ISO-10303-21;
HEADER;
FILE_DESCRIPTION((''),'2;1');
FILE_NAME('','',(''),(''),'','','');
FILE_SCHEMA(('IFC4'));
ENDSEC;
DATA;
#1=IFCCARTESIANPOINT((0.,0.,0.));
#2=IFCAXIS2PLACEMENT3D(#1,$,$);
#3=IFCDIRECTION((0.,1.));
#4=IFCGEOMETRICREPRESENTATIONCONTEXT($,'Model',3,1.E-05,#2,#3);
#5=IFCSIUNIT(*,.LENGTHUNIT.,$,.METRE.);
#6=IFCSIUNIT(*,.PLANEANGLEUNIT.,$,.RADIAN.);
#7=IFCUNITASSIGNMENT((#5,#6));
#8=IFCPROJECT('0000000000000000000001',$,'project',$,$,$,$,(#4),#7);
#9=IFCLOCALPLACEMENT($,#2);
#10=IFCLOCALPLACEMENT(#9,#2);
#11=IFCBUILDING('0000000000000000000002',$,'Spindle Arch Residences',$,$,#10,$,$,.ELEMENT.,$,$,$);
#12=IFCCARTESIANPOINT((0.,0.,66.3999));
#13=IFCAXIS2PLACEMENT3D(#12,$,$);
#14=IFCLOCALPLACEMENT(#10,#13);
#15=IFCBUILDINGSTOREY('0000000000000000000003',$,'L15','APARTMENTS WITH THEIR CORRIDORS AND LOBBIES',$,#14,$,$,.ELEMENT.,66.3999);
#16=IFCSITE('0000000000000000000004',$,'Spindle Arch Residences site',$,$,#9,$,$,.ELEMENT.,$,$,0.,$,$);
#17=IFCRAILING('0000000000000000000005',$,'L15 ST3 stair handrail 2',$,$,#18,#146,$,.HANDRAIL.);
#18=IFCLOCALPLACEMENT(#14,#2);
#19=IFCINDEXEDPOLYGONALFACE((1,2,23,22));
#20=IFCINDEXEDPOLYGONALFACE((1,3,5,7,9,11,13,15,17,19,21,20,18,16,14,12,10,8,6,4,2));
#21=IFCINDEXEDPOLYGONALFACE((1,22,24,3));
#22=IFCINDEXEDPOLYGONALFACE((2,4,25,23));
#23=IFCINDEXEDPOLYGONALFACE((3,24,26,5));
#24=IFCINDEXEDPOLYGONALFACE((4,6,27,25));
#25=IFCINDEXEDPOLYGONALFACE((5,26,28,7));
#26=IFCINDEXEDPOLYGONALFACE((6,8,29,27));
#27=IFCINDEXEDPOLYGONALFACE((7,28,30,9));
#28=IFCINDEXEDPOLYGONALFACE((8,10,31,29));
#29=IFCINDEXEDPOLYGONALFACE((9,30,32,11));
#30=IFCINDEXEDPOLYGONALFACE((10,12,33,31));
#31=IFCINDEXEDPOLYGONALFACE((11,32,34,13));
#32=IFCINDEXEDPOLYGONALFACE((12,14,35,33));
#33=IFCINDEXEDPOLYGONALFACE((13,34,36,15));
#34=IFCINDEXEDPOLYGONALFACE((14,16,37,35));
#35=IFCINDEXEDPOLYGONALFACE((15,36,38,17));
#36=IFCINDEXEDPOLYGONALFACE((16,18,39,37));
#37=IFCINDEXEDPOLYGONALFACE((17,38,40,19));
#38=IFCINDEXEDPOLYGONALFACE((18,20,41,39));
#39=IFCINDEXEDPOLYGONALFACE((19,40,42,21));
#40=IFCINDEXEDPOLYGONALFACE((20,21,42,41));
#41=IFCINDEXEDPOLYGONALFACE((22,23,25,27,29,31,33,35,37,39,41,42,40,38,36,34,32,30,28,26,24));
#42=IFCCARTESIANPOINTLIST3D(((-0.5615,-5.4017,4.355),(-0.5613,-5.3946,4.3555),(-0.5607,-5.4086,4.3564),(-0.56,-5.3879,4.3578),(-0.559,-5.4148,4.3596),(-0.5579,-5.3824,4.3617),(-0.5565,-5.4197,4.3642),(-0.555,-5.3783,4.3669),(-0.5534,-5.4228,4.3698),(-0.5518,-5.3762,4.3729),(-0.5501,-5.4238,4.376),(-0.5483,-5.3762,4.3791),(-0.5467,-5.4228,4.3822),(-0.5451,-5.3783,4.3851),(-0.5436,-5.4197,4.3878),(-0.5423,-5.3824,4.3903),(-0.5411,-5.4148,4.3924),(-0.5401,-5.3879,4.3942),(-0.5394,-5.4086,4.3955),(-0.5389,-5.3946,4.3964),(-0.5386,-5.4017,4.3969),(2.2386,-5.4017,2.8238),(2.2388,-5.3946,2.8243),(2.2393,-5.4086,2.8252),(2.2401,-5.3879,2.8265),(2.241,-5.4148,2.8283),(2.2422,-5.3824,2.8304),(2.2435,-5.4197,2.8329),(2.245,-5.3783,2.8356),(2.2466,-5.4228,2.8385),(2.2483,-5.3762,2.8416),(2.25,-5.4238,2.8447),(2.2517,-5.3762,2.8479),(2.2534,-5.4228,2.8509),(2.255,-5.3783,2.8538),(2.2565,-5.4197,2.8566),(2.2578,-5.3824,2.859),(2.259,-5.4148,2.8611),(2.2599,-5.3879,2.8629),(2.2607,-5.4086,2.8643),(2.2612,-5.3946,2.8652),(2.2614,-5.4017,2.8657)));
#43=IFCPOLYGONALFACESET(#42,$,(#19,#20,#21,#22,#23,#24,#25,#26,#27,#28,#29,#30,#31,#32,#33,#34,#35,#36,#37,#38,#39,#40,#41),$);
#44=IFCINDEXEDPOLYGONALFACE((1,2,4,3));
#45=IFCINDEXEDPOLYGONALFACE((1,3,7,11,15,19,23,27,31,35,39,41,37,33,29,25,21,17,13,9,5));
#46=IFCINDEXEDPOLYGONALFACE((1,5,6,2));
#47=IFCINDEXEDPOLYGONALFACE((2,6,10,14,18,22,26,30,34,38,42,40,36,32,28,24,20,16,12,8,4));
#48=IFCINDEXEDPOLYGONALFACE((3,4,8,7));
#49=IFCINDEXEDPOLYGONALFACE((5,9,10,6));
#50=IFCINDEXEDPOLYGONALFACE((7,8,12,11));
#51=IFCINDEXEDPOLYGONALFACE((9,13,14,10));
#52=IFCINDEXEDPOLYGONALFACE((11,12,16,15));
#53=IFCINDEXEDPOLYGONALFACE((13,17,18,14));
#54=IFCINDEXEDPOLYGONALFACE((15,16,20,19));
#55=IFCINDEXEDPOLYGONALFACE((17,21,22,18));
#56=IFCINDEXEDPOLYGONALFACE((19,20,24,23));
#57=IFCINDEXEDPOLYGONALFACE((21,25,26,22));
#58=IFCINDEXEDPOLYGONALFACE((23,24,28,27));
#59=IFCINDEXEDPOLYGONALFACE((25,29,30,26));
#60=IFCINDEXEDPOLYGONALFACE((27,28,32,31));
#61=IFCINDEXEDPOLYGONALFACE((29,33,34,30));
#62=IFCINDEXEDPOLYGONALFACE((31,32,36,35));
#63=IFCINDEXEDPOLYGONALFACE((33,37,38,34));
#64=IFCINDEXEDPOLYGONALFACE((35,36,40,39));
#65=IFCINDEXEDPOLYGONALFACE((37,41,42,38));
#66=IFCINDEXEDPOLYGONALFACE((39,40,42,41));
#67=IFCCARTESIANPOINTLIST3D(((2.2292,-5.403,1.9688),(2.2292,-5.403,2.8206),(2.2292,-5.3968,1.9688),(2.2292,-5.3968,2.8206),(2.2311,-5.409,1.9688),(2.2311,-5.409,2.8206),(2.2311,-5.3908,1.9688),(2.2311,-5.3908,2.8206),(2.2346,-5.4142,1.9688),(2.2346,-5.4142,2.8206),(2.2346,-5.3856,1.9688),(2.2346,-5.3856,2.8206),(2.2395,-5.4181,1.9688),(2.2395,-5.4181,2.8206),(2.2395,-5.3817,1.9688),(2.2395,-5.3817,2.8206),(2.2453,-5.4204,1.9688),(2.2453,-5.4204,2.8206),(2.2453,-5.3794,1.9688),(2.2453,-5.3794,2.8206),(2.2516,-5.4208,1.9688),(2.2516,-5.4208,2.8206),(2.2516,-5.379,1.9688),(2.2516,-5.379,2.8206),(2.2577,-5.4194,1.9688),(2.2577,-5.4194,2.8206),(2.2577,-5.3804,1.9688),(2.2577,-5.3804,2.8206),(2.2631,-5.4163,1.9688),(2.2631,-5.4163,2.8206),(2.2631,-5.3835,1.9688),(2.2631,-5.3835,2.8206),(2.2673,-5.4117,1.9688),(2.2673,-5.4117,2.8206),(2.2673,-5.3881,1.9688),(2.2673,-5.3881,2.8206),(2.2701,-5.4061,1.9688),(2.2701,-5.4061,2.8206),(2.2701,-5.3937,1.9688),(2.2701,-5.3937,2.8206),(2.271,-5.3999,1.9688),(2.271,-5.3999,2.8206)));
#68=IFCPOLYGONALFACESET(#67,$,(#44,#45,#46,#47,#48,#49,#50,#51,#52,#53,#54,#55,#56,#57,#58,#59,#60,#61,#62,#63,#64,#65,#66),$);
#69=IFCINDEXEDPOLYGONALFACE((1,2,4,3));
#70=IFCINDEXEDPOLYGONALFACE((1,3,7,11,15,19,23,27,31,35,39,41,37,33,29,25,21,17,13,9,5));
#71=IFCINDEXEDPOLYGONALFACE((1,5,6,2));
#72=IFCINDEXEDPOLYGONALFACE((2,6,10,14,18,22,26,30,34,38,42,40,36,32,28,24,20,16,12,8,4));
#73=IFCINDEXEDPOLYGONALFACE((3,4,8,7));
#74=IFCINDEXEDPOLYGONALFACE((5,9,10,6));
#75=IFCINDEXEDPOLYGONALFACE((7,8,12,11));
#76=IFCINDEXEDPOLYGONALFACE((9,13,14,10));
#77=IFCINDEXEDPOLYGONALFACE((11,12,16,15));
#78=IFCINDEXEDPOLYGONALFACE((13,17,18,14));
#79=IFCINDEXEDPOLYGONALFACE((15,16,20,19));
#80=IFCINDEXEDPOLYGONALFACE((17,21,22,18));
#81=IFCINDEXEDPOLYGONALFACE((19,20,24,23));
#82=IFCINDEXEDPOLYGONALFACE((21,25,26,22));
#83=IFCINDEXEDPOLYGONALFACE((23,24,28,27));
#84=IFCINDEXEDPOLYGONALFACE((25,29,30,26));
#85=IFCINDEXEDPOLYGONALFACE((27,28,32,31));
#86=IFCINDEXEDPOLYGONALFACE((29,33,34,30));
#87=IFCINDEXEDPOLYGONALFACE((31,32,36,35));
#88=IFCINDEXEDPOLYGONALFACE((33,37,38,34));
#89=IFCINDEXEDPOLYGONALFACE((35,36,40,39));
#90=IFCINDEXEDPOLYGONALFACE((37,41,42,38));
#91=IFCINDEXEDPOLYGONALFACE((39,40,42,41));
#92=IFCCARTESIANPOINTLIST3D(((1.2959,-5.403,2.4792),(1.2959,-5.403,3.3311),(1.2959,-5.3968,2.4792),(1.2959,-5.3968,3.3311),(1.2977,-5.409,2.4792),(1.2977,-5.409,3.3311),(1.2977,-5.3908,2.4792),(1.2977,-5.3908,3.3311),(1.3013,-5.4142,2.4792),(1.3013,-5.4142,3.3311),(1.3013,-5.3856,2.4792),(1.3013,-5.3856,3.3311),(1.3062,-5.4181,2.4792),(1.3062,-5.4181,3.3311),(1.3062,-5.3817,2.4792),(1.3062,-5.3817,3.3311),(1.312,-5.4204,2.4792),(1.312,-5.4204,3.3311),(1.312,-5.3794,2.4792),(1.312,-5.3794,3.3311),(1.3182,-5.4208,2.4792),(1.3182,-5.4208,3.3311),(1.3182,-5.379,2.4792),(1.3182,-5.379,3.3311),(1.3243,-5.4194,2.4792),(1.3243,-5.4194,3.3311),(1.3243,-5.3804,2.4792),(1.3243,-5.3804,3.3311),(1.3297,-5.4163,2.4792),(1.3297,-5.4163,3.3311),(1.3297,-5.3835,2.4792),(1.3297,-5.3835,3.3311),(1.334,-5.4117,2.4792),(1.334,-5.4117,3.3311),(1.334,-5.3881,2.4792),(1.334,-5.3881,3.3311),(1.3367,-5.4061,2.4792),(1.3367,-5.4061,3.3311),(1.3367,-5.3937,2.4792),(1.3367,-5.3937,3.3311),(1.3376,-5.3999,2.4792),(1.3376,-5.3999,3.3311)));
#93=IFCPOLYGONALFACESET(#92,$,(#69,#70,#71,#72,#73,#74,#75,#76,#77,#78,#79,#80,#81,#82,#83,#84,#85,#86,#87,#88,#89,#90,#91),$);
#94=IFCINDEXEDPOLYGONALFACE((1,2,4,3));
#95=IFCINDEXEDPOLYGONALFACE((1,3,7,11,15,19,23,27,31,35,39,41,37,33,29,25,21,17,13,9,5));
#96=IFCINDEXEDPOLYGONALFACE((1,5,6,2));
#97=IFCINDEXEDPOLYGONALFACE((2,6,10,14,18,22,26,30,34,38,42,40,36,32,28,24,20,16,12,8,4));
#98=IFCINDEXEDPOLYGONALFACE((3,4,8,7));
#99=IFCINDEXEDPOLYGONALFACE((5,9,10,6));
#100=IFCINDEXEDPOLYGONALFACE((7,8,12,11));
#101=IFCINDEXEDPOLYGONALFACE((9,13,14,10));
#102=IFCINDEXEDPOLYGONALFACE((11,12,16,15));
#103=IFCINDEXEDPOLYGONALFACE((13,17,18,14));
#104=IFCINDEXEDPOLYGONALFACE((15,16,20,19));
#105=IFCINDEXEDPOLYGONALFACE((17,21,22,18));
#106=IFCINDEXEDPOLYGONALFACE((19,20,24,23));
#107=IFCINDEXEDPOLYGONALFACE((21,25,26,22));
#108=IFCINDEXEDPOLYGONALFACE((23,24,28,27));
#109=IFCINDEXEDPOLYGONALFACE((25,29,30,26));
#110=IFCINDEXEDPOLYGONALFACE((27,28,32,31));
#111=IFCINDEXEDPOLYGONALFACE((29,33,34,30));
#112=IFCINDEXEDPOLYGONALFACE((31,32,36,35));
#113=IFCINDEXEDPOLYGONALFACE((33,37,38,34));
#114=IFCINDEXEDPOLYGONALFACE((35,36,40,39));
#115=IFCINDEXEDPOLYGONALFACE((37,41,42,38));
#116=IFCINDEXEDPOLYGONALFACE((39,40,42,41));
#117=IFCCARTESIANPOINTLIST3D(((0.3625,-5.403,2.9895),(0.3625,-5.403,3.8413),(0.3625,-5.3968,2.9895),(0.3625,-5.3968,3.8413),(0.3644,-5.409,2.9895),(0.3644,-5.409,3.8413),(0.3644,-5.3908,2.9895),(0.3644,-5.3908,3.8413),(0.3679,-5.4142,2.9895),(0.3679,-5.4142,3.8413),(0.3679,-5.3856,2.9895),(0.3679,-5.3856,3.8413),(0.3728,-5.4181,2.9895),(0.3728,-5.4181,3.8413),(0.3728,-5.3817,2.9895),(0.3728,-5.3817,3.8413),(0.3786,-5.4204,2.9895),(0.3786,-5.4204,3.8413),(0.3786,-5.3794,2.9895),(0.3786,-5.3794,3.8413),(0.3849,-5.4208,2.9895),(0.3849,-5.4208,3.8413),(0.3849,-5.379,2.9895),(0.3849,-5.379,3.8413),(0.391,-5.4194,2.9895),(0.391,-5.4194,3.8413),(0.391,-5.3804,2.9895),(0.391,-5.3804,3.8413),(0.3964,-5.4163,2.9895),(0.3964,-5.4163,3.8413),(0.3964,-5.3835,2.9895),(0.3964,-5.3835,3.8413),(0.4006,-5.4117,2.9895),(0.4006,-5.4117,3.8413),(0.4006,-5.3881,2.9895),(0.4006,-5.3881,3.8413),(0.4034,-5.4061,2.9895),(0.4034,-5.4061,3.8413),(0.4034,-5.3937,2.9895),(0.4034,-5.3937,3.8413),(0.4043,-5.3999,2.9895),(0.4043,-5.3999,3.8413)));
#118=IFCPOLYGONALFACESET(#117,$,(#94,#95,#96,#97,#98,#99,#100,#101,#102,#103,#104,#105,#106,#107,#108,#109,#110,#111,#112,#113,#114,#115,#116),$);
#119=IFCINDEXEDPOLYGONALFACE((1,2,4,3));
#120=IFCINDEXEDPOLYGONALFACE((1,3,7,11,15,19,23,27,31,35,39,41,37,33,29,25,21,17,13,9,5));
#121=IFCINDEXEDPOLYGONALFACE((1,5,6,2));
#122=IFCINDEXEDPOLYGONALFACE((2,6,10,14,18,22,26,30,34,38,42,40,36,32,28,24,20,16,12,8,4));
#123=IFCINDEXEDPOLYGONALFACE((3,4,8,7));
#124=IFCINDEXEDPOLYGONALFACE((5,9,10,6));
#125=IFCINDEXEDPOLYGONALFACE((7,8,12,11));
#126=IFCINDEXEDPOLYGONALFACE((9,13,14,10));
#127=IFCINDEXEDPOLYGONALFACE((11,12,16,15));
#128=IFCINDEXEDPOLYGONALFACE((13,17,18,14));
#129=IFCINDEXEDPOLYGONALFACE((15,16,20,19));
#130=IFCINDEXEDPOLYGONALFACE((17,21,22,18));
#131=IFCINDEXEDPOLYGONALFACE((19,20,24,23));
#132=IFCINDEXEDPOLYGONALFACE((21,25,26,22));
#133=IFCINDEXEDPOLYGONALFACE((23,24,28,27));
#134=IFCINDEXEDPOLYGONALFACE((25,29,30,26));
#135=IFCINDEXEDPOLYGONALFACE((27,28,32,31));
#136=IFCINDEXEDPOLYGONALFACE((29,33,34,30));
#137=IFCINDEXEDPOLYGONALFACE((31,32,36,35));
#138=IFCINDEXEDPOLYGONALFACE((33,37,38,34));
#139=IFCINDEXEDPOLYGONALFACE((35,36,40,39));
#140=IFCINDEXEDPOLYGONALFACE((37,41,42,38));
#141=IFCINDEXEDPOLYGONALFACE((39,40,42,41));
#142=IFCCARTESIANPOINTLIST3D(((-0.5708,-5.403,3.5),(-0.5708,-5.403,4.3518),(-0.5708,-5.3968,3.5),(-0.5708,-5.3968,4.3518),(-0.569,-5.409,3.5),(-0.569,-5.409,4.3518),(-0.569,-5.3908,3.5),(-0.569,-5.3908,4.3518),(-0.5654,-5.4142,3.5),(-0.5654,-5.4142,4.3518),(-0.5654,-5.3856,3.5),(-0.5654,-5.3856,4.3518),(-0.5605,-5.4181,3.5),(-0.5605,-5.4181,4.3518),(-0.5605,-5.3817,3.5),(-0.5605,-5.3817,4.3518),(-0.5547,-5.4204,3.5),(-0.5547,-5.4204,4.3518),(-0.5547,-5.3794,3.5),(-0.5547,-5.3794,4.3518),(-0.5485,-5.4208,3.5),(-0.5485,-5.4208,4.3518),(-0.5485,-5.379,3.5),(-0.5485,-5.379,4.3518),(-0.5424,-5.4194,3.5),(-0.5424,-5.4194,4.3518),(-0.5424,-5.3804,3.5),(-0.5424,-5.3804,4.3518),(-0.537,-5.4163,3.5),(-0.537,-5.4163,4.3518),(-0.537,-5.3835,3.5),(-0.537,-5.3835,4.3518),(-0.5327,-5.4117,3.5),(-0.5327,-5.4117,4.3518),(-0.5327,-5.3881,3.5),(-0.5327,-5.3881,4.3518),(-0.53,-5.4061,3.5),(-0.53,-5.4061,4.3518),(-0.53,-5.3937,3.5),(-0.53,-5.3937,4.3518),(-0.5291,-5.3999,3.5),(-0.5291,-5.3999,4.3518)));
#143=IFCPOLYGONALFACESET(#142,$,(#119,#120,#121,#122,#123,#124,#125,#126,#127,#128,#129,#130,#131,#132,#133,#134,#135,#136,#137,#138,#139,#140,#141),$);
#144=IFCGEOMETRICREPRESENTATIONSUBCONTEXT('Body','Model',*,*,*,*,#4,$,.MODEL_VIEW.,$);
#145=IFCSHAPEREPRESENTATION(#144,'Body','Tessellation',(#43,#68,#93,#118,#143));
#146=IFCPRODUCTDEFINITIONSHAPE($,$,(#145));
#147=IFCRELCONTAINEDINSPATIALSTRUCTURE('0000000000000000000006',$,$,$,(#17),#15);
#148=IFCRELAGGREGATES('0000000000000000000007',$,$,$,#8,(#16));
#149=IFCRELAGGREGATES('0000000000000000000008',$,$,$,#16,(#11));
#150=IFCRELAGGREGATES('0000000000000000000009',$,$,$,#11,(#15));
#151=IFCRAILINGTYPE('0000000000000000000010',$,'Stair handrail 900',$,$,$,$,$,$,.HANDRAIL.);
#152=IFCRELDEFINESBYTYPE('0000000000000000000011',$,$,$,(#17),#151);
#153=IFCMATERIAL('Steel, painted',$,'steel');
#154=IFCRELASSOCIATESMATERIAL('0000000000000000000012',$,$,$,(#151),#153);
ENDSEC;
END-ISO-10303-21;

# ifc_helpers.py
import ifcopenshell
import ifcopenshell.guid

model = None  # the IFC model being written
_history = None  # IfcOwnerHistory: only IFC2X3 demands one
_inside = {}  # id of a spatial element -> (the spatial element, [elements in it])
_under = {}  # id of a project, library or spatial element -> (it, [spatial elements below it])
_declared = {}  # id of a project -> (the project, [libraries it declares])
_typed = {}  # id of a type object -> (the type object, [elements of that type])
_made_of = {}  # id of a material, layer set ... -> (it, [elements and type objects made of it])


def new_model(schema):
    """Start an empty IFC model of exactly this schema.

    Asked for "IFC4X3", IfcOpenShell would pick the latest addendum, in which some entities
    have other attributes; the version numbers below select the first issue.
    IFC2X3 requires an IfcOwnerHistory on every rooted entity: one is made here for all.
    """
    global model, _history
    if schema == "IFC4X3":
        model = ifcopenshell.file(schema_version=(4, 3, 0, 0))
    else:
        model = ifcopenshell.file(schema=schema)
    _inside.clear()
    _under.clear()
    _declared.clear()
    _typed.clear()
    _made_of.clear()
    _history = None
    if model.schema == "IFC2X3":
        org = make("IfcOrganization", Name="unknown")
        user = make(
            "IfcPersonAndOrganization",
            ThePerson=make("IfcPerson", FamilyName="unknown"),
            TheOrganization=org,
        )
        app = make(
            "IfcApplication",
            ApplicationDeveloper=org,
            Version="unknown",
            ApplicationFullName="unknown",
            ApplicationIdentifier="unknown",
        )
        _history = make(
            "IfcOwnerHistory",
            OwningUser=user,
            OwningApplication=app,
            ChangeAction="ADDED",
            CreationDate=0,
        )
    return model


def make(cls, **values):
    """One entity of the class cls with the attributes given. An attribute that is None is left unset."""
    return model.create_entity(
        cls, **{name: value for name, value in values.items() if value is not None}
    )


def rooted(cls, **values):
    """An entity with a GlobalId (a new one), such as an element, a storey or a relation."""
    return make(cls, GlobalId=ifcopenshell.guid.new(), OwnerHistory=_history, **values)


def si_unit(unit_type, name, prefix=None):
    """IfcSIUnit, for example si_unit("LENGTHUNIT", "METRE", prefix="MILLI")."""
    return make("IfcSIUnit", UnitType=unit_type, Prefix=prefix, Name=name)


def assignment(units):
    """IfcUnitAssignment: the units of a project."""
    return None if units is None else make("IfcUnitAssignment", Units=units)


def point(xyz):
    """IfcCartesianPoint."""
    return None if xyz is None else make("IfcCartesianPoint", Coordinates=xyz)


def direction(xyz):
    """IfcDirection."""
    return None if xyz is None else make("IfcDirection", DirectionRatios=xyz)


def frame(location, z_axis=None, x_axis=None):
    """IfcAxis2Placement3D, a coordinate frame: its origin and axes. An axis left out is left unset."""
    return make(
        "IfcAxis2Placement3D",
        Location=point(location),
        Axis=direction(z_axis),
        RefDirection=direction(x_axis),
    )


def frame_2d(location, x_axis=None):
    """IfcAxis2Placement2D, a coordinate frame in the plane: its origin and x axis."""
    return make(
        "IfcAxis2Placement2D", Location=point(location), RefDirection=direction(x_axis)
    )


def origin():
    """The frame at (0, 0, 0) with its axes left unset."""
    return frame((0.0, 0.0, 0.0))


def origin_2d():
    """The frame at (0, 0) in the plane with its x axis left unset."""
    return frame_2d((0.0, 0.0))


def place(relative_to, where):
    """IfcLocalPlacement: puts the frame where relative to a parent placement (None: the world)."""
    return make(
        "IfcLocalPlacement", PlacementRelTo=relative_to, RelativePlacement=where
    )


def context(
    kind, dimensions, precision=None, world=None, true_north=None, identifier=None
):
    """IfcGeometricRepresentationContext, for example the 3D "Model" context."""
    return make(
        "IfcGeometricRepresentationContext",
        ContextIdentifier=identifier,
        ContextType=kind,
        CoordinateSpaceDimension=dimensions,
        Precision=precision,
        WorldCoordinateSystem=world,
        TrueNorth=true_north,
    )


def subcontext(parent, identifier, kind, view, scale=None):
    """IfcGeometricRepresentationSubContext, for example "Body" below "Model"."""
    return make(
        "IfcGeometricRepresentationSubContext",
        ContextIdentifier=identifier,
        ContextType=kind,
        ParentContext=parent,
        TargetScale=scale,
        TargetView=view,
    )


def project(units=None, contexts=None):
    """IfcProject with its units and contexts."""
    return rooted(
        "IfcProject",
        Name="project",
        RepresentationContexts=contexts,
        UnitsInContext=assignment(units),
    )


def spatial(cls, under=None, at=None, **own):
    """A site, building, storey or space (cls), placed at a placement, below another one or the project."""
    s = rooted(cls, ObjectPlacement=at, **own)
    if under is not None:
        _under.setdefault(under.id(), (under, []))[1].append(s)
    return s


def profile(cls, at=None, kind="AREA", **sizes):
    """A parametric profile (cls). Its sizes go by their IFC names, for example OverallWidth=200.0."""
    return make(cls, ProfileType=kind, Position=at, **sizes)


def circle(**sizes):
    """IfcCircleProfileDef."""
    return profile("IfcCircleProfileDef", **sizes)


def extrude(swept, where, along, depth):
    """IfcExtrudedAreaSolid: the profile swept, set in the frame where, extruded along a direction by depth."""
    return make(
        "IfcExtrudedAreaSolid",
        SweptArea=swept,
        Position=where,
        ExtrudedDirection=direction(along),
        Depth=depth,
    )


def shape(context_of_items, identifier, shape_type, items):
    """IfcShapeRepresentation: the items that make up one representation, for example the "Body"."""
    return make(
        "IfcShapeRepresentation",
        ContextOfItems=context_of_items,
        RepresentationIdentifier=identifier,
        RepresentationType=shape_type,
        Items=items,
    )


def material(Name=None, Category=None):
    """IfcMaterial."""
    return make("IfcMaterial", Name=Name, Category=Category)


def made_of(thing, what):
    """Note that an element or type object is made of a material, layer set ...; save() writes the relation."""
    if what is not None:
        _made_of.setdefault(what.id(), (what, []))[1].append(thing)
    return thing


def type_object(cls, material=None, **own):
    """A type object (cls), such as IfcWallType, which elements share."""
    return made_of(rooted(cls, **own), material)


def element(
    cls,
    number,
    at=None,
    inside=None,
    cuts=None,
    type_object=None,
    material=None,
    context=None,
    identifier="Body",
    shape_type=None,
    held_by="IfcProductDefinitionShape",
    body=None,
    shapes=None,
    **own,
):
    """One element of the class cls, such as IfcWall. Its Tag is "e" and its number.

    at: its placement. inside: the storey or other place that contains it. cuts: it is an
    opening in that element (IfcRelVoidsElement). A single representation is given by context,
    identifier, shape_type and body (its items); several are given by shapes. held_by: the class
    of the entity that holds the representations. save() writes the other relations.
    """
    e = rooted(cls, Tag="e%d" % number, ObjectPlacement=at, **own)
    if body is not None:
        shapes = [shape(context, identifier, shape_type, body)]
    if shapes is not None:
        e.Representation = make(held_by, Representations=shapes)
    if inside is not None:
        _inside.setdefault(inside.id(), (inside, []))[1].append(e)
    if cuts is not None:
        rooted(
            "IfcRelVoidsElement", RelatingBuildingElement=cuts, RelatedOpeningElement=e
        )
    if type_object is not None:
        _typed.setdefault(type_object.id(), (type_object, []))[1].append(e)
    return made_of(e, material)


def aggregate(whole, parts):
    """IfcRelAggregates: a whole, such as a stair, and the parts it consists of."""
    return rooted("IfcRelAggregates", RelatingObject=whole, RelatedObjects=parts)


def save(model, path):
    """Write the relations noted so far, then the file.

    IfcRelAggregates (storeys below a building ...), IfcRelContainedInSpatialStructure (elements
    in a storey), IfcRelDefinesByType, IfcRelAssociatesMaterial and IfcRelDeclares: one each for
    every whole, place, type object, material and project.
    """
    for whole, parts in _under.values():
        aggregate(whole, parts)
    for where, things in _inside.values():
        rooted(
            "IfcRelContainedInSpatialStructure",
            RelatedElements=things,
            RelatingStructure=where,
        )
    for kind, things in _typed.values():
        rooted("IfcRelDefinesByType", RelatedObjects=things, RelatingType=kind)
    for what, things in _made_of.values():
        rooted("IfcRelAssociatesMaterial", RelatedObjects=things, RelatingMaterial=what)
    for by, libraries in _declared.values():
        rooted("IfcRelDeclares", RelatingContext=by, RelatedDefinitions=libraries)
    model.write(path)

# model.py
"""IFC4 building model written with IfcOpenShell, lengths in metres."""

from ifc_helpers import new_model, si_unit, direction, frame, origin, origin_2d, place, context, subcontext, project, spatial, circle, extrude, material, type_object, element, save


model = new_model("IFC4")

# Units and contexts
model_context = context("Model", 3, precision=1e-05, world=origin(), true_north=direction((0.0, 1.0)))
body_context = subcontext(model_context, "Body", "Model", "MODEL_VIEW")
ifc_project = project(units=[si_unit("LENGTHUNIT", "METRE"), si_unit("PLANEANGLEUNIT", "RADIAN")], contexts=[model_context])

# Site, building, storey
site_placement = place(None, origin())
site = spatial("IfcSite", under=ifc_project, at=site_placement, Name="Spindle Arch Residences site", CompositionType="ELEMENT", RefElevation=0.0)
building_placement = place(site_placement, origin())
building = spatial("IfcBuilding", under=site, at=building_placement, Name="Spindle Arch Residences", CompositionType="ELEMENT")
storey_placement = place(building_placement, frame((0.0, 0.0, 66.3999)))
storey = spatial("IfcBuildingStorey", under=building, at=storey_placement, Name="L15", Description="APARTMENTS WITH THEIR CORRIDORS AND LOBBIES", CompositionType="ELEMENT", Elevation=66.3999)

# Railing
ifc_material_1 = material(Name="Steel, painted", Category="steel")
railing_type = type_object("IfcRailingType", Name="Stair handrail 900", PredefinedType="HANDRAIL", material=ifc_material_1)
railing_placement = place(storey_placement, frame((2.25, -5.3999, 1.9688)))
element("IfcRailing", 1, at=railing_placement, inside=storey, type_object=railing_type, Name="L15 ST3 stair handrail 2", PredefinedType="HANDRAIL", context=body_context, shape_type="SweptSolid", body=[
    extrude(circle(Radius=0.0239, at=origin_2d()), frame((0.0, 0.0, 0.876), z_axis=(-0.877375, 0.0, 0.479806), x_axis=(0.0, -1.0, 0.0)), (0.0, 0.0, 1.0), 3.1914),
    extrude(circle(Radius=0.021, at=origin_2d()), origin(), (0.0, 0.0, 1.0), 0.8518),
    extrude(circle(Radius=0.021, at=origin_2d()), frame((-0.9333, 0.0, 0.5105)), (0.0, 0.0, 1.0), 0.8518),
    extrude(circle(Radius=0.021, at=origin_2d()), frame((-1.8667, 0.0, 1.0208)), (0.0, 0.0, 1.0), 0.8518),
    extrude(circle(Radius=0.021, at=origin_2d()), frame((-2.8, 0.0, 1.5312)), (0.0, 0.0, 1.0), 0.8518),
])

save(model, "model.ifc")
